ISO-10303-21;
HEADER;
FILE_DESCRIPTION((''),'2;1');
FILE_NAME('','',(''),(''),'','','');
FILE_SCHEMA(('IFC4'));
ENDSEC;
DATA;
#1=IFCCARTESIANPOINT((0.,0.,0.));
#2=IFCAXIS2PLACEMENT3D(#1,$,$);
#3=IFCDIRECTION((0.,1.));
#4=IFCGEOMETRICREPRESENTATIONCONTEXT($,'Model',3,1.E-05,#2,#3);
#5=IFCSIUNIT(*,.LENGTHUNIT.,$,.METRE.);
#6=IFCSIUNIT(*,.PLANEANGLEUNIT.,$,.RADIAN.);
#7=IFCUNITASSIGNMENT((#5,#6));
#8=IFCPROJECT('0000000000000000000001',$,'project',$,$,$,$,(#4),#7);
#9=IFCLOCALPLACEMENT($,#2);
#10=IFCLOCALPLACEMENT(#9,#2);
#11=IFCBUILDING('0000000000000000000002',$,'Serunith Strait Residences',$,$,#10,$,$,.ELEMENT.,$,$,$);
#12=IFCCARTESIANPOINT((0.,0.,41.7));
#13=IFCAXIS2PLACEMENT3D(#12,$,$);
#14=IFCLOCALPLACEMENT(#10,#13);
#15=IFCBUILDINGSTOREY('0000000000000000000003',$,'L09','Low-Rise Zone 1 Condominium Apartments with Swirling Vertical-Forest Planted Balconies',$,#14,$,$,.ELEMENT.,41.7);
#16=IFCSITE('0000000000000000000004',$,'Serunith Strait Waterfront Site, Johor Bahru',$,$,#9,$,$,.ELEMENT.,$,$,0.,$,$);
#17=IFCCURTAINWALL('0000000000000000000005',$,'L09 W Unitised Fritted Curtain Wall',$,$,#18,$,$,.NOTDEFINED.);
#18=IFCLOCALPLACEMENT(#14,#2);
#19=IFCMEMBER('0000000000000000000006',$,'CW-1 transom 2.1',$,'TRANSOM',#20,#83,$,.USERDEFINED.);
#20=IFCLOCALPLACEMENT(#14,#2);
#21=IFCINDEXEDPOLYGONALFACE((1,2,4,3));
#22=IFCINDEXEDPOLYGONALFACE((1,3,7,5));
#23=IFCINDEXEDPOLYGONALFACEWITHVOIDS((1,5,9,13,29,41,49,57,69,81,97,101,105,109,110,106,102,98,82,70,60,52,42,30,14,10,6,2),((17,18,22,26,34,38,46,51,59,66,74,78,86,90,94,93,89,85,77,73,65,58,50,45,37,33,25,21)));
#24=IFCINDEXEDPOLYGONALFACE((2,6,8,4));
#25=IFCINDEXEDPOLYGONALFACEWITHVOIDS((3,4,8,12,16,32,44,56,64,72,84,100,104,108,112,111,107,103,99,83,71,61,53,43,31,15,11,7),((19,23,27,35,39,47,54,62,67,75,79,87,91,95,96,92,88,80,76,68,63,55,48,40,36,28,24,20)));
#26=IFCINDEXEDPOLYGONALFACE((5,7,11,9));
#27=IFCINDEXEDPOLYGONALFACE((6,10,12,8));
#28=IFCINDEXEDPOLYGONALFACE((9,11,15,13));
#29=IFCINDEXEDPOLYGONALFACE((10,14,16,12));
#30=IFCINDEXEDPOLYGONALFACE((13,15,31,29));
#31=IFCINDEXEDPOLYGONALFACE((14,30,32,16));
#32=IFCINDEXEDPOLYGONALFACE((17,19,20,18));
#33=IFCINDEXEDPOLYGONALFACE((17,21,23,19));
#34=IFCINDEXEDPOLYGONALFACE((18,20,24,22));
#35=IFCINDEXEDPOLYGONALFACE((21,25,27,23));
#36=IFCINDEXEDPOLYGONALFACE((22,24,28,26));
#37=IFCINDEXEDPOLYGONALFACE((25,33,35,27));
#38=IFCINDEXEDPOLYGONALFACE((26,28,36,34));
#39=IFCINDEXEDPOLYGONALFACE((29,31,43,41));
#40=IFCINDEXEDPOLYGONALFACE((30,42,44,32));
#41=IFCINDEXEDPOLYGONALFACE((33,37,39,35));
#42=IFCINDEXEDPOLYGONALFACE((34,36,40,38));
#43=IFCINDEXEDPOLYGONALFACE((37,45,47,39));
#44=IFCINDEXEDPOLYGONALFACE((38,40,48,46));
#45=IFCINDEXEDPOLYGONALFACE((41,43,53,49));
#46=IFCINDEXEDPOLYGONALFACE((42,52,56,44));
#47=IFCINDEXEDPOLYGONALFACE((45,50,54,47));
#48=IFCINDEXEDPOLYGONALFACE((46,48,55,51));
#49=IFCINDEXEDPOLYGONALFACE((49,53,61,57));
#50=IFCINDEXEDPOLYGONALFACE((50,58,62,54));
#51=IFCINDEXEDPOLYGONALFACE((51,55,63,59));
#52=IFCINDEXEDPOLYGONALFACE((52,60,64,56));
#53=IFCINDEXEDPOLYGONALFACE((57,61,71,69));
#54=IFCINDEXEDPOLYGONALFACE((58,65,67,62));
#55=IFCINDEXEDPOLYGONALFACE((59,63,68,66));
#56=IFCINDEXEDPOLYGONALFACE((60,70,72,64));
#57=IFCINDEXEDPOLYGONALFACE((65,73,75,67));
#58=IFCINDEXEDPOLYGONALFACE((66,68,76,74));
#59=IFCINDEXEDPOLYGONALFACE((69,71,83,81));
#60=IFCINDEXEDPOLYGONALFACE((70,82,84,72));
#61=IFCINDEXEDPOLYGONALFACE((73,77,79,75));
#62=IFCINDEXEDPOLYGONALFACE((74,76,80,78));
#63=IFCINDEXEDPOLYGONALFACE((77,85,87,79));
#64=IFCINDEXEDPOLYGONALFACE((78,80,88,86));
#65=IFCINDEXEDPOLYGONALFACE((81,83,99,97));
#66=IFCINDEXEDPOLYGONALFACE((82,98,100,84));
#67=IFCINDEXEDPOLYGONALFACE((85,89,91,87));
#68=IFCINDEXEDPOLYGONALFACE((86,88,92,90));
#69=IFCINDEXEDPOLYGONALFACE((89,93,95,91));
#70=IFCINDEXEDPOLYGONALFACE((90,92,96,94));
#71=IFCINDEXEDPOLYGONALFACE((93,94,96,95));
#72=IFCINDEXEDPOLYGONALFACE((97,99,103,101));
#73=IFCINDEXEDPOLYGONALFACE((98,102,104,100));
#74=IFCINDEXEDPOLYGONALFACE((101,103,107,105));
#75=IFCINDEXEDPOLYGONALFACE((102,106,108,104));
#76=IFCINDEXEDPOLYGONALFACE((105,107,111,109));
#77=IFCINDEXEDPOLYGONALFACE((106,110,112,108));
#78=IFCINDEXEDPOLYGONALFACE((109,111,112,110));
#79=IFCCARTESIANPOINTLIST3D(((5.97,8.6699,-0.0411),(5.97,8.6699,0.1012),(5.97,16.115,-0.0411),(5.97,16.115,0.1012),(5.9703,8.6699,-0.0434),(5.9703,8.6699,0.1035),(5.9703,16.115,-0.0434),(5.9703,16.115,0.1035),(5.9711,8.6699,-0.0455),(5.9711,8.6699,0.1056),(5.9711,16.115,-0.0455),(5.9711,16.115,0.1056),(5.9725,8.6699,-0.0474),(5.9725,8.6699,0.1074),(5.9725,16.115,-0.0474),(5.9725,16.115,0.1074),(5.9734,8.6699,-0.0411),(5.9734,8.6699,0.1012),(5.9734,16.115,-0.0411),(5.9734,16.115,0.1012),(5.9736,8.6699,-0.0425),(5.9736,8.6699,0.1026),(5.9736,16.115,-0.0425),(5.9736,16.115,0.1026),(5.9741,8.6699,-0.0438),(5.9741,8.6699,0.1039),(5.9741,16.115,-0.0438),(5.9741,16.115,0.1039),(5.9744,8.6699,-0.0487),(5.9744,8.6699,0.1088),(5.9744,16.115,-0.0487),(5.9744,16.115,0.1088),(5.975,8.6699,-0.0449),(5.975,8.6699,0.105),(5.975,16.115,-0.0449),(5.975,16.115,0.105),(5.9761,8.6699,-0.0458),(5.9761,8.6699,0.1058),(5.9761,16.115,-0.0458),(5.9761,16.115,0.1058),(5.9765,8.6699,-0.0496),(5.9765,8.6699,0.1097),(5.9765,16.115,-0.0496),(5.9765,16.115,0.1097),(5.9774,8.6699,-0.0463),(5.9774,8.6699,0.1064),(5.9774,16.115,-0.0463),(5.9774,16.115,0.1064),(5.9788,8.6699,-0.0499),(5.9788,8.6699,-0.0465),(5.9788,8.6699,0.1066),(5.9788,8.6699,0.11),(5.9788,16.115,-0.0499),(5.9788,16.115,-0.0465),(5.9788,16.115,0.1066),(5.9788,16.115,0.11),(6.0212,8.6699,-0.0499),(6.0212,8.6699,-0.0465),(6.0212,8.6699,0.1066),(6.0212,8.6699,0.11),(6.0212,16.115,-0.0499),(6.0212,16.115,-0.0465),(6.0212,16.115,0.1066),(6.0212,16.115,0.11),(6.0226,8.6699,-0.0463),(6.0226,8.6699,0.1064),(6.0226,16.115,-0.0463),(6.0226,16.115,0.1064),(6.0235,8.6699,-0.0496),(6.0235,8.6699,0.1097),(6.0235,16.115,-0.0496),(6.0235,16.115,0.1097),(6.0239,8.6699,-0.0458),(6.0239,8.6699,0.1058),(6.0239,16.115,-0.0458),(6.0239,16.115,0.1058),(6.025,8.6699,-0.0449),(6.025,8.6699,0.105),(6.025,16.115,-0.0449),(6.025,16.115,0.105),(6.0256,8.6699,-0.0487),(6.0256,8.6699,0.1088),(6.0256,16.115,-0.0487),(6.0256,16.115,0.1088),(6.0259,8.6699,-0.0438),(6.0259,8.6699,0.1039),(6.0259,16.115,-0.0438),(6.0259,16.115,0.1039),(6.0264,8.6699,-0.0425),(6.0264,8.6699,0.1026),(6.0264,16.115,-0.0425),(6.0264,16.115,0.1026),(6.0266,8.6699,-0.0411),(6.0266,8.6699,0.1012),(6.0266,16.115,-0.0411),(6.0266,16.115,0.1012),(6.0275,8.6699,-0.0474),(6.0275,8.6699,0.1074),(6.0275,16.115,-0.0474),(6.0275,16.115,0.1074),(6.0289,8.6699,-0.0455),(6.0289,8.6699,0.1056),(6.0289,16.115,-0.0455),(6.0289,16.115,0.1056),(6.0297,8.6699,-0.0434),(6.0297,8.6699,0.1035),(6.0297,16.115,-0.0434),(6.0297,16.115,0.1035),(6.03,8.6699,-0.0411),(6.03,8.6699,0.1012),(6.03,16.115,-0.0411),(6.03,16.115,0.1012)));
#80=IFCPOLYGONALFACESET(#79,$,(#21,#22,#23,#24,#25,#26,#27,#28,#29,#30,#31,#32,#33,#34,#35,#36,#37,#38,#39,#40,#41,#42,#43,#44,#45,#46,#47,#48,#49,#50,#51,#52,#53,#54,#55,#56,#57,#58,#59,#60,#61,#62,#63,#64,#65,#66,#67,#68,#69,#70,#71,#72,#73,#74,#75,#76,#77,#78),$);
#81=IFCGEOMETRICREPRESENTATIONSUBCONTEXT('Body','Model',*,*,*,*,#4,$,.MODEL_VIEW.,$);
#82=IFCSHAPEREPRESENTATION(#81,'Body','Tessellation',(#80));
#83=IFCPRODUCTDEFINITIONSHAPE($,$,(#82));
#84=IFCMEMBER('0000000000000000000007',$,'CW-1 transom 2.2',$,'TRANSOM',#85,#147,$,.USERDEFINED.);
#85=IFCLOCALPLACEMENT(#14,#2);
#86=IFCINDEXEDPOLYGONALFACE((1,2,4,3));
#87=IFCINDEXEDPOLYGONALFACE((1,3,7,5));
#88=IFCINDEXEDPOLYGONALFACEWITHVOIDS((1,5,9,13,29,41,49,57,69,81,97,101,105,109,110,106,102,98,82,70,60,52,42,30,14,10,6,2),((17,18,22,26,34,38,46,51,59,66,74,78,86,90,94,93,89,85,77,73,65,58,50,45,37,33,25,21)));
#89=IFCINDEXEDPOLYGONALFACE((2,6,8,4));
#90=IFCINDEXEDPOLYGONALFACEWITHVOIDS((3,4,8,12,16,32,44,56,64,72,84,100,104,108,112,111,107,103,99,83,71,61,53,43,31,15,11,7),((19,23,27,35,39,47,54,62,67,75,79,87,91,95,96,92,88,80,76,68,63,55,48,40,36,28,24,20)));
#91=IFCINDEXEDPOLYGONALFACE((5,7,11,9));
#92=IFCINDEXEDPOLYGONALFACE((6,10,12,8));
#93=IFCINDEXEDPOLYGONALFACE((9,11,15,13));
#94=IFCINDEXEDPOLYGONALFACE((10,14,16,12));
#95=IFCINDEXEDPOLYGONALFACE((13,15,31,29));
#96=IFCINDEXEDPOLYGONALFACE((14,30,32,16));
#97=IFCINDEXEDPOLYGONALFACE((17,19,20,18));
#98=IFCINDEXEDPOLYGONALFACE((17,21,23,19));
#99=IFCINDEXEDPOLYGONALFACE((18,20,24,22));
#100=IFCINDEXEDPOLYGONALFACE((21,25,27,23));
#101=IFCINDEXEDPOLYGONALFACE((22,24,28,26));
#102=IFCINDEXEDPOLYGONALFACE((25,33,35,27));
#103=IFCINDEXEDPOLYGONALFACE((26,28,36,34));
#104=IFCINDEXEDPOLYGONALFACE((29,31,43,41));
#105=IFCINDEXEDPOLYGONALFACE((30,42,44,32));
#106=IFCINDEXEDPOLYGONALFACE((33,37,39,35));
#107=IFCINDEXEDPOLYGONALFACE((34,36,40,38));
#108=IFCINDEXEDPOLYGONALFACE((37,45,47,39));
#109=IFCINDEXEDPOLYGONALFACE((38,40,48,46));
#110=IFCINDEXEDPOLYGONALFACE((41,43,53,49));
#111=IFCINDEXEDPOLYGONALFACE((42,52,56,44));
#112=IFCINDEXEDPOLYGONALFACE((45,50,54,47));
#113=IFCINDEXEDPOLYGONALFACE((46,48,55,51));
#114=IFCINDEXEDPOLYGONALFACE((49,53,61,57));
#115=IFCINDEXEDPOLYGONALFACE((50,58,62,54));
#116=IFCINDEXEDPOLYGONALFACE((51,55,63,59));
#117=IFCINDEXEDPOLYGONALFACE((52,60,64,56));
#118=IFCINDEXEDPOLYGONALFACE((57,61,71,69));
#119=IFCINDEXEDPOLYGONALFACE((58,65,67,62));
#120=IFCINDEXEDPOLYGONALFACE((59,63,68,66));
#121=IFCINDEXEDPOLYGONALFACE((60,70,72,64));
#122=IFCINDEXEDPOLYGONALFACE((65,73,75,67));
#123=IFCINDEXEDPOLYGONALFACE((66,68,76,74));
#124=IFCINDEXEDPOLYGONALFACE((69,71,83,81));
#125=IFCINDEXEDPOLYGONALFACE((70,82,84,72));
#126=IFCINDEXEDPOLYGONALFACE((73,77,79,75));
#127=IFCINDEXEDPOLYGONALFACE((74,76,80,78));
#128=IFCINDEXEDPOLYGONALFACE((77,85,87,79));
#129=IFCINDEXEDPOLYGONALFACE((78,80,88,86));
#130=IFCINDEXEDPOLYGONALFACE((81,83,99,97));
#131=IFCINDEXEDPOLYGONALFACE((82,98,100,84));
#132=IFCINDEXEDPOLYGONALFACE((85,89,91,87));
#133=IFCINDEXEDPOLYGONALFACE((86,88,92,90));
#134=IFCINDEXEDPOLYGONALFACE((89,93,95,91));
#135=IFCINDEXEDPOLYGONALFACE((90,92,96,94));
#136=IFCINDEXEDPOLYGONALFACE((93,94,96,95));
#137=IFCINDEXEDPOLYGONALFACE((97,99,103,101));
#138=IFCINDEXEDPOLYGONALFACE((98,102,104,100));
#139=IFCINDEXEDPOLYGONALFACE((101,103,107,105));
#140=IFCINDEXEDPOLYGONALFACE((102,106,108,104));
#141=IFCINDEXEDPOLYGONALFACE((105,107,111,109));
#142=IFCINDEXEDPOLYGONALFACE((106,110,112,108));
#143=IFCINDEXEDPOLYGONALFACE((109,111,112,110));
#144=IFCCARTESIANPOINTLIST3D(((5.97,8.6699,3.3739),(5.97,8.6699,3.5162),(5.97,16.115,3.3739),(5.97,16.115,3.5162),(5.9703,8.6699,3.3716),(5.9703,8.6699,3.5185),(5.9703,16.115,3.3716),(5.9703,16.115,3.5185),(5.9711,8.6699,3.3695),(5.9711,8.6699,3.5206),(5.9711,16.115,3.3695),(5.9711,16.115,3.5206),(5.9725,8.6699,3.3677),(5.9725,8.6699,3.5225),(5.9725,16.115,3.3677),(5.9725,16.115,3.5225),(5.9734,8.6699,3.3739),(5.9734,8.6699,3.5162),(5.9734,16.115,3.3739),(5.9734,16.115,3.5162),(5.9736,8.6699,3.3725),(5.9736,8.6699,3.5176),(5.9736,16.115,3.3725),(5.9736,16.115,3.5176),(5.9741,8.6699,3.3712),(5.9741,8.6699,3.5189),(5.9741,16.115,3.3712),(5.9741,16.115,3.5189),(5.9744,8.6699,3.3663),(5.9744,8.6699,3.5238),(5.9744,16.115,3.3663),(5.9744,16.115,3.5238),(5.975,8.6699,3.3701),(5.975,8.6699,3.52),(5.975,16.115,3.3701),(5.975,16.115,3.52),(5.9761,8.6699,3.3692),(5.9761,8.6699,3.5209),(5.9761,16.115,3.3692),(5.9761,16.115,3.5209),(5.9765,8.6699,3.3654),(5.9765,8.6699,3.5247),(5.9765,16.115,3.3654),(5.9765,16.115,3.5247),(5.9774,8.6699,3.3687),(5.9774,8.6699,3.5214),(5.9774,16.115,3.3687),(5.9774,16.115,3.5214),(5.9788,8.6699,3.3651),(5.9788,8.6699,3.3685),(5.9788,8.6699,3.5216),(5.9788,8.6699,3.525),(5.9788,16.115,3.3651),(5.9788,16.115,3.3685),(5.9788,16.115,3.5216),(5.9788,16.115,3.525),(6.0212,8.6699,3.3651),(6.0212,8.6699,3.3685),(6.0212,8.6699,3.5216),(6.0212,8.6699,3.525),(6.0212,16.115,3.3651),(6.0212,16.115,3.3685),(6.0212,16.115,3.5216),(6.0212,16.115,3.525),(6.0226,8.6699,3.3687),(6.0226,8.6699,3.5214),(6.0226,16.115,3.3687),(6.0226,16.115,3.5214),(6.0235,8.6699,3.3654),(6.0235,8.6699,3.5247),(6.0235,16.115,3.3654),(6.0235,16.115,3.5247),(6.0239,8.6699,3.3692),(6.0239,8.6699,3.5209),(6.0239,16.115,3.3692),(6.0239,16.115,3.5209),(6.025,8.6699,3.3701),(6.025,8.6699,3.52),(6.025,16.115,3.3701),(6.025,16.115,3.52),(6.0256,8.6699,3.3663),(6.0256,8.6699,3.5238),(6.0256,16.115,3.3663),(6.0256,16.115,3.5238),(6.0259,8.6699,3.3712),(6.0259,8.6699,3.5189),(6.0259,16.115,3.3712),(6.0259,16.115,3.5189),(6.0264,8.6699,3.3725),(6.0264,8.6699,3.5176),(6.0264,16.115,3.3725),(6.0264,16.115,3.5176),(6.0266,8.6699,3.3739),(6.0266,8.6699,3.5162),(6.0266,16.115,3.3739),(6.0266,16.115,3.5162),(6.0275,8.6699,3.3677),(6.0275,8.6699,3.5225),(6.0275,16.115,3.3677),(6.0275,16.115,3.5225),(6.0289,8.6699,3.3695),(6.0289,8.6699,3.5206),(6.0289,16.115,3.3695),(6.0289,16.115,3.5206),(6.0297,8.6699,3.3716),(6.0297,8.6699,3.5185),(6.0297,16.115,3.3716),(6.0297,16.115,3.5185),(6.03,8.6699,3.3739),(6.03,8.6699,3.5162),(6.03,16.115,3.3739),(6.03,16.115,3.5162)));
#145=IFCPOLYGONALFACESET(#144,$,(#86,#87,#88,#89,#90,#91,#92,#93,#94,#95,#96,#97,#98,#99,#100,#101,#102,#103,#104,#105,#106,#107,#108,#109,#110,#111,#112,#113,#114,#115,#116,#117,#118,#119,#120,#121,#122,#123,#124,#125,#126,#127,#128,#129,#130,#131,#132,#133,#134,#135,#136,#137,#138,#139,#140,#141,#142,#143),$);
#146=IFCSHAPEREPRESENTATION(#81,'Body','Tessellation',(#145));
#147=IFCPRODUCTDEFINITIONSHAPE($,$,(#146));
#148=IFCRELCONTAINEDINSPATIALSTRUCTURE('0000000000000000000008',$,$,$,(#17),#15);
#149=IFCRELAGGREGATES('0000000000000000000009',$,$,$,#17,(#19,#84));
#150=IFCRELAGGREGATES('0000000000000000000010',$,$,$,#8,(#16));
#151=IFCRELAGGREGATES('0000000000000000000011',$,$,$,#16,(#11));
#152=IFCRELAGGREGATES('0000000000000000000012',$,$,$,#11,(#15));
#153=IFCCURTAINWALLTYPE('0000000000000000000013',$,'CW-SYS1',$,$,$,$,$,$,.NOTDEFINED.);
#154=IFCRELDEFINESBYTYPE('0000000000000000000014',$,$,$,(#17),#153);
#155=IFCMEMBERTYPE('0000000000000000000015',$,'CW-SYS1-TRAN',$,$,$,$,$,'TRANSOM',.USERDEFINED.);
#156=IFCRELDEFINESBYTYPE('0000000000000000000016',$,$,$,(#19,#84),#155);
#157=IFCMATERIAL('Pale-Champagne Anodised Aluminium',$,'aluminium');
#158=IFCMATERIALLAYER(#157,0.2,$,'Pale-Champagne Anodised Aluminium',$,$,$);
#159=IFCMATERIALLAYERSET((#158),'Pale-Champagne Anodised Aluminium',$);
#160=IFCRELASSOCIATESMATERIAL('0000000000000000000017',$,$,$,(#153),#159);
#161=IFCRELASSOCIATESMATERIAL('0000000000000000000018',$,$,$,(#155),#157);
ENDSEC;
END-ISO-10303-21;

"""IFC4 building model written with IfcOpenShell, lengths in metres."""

from ifc_helpers import new_model, si_unit, direction, frame, origin, origin_2d, place, context, subcontext, project, spatial, hollow_rectangle, extrude, source, transform, mapped, material, layer, layer_set, material_profile, profile_set, type_object, element, aggregate, save


model = new_model("IFC4")

# Units and contexts
model_context = context("Model", 3, precision=1e-05, world=origin(), true_north=direction((0.0, 1.0)))
body_context = subcontext(model_context, "Body", "Model", "MODEL_VIEW")
ifc_project = project(units=[si_unit("LENGTHUNIT", "METRE"), si_unit("PLANEANGLEUNIT", "RADIAN")], contexts=[model_context])

# Site, building, storey
site_placement = place(None, origin())
site = spatial("IfcSite", under=ifc_project, at=site_placement, Name="Serunith Strait Waterfront Site, Johor Bahru", CompositionType="ELEMENT", RefElevation=0.0)
building_placement = place(site_placement, origin())
building = spatial("IfcBuilding", under=site, at=building_placement, Name="Serunith Strait Residences", CompositionType="ELEMENT")
storey_placement = place(building_placement, frame((0.0, 0.0, 41.7)))
storey = spatial("IfcBuildingStorey", under=building, at=storey_placement, Name="L09", Description="Low-Rise Zone 1 Condominium Apartments with Swirling Vertical-Forest Planted Balconies", CompositionType="ELEMENT", Elevation=41.7)

# Curtain wall, members
ifc_material_1 = material(Name="Pale-Champagne Anodised Aluminium", Category="aluminium")
ifc_layer_1 = layer(ifc_material_1, 0.2, Name="Pale-Champagne Anodised Aluminium")
ifc_layer_set_1 = layer_set([ifc_layer_1], Name="Pale-Champagne Anodised Aluminium")
curtain_wall_type = type_object("IfcCurtainWallType", Name="CW-SYS1", PredefinedType="NOTDEFINED", material=ifc_layer_set_1)
curtain_wall_placement = place(storey_placement, origin())
curtain_wall = element("IfcCurtainWall", 1, at=curtain_wall_placement, inside=storey, type_object=curtain_wall_type, Name="L09 W Unitised Fritted Curtain Wall", PredefinedType="NOTDEFINED")
ifc_material_profile_1 = material_profile(ifc_material_1, hollow_rectangle(XDim=0.0601, YDim=0.1599, WallThickness=0.0034, InnerFilletRadius=0.0054, OuterFilletRadius=0.0088, at=origin_2d()), Name="ALU 160x60x3.5")
ifc_profile_set_1 = profile_set([ifc_material_profile_1], Name="Pale-Champagne Anodised Aluminium")
member_type_1 = type_object("IfcMemberType", Name="CW-SYS1-TRAN", ElementType="TRANSOM", PredefinedType="USERDEFINED", material=ifc_profile_set_1)
shared_shape_1 = source(origin(), body_context, "Body", "SweptSolid", [
    extrude(hollow_rectangle(XDim=0.0601, YDim=0.1599, WallThickness=0.0034, InnerFilletRadius=0.0054, OuterFilletRadius=0.0088, at=origin_2d()), origin(), (0.0, 0.0, 1.0), 7.4451),
])
member_1_placement = place(storey_placement, frame((6.0, 16.115, 0.03), z_axis=(0.0, -1.0, 0.0), x_axis=(1.0, 0.0, 0.0)))
member_1 = element("IfcMember", 2, at=member_1_placement, type_object=member_type_1, Name="CW-1 transom 2.1", ObjectType="TRANSOM", PredefinedType="USERDEFINED", context=body_context, shape_type="MappedRepresentation", body=[
    mapped(shared_shape_1, transform((0.0, 0.0, 0.0), scale=1.0)),
])
member_2_placement = place(storey_placement, frame((6.0, 16.115, 3.4451), z_axis=(0.0, -1.0, 0.0), x_axis=(1.0, 0.0, 0.0)))
member_2 = element("IfcMember", 3, at=member_2_placement, type_object=member_type_1, Name="CW-1 transom 2.2", ObjectType="TRANSOM", PredefinedType="USERDEFINED", context=body_context, shape_type="MappedRepresentation", body=[
    mapped(shared_shape_1, transform((0.0, 0.0, 0.0), scale=1.0)),
])
aggregate(curtain_wall, [member_1, member_2])

save(model, "model.ifc")
